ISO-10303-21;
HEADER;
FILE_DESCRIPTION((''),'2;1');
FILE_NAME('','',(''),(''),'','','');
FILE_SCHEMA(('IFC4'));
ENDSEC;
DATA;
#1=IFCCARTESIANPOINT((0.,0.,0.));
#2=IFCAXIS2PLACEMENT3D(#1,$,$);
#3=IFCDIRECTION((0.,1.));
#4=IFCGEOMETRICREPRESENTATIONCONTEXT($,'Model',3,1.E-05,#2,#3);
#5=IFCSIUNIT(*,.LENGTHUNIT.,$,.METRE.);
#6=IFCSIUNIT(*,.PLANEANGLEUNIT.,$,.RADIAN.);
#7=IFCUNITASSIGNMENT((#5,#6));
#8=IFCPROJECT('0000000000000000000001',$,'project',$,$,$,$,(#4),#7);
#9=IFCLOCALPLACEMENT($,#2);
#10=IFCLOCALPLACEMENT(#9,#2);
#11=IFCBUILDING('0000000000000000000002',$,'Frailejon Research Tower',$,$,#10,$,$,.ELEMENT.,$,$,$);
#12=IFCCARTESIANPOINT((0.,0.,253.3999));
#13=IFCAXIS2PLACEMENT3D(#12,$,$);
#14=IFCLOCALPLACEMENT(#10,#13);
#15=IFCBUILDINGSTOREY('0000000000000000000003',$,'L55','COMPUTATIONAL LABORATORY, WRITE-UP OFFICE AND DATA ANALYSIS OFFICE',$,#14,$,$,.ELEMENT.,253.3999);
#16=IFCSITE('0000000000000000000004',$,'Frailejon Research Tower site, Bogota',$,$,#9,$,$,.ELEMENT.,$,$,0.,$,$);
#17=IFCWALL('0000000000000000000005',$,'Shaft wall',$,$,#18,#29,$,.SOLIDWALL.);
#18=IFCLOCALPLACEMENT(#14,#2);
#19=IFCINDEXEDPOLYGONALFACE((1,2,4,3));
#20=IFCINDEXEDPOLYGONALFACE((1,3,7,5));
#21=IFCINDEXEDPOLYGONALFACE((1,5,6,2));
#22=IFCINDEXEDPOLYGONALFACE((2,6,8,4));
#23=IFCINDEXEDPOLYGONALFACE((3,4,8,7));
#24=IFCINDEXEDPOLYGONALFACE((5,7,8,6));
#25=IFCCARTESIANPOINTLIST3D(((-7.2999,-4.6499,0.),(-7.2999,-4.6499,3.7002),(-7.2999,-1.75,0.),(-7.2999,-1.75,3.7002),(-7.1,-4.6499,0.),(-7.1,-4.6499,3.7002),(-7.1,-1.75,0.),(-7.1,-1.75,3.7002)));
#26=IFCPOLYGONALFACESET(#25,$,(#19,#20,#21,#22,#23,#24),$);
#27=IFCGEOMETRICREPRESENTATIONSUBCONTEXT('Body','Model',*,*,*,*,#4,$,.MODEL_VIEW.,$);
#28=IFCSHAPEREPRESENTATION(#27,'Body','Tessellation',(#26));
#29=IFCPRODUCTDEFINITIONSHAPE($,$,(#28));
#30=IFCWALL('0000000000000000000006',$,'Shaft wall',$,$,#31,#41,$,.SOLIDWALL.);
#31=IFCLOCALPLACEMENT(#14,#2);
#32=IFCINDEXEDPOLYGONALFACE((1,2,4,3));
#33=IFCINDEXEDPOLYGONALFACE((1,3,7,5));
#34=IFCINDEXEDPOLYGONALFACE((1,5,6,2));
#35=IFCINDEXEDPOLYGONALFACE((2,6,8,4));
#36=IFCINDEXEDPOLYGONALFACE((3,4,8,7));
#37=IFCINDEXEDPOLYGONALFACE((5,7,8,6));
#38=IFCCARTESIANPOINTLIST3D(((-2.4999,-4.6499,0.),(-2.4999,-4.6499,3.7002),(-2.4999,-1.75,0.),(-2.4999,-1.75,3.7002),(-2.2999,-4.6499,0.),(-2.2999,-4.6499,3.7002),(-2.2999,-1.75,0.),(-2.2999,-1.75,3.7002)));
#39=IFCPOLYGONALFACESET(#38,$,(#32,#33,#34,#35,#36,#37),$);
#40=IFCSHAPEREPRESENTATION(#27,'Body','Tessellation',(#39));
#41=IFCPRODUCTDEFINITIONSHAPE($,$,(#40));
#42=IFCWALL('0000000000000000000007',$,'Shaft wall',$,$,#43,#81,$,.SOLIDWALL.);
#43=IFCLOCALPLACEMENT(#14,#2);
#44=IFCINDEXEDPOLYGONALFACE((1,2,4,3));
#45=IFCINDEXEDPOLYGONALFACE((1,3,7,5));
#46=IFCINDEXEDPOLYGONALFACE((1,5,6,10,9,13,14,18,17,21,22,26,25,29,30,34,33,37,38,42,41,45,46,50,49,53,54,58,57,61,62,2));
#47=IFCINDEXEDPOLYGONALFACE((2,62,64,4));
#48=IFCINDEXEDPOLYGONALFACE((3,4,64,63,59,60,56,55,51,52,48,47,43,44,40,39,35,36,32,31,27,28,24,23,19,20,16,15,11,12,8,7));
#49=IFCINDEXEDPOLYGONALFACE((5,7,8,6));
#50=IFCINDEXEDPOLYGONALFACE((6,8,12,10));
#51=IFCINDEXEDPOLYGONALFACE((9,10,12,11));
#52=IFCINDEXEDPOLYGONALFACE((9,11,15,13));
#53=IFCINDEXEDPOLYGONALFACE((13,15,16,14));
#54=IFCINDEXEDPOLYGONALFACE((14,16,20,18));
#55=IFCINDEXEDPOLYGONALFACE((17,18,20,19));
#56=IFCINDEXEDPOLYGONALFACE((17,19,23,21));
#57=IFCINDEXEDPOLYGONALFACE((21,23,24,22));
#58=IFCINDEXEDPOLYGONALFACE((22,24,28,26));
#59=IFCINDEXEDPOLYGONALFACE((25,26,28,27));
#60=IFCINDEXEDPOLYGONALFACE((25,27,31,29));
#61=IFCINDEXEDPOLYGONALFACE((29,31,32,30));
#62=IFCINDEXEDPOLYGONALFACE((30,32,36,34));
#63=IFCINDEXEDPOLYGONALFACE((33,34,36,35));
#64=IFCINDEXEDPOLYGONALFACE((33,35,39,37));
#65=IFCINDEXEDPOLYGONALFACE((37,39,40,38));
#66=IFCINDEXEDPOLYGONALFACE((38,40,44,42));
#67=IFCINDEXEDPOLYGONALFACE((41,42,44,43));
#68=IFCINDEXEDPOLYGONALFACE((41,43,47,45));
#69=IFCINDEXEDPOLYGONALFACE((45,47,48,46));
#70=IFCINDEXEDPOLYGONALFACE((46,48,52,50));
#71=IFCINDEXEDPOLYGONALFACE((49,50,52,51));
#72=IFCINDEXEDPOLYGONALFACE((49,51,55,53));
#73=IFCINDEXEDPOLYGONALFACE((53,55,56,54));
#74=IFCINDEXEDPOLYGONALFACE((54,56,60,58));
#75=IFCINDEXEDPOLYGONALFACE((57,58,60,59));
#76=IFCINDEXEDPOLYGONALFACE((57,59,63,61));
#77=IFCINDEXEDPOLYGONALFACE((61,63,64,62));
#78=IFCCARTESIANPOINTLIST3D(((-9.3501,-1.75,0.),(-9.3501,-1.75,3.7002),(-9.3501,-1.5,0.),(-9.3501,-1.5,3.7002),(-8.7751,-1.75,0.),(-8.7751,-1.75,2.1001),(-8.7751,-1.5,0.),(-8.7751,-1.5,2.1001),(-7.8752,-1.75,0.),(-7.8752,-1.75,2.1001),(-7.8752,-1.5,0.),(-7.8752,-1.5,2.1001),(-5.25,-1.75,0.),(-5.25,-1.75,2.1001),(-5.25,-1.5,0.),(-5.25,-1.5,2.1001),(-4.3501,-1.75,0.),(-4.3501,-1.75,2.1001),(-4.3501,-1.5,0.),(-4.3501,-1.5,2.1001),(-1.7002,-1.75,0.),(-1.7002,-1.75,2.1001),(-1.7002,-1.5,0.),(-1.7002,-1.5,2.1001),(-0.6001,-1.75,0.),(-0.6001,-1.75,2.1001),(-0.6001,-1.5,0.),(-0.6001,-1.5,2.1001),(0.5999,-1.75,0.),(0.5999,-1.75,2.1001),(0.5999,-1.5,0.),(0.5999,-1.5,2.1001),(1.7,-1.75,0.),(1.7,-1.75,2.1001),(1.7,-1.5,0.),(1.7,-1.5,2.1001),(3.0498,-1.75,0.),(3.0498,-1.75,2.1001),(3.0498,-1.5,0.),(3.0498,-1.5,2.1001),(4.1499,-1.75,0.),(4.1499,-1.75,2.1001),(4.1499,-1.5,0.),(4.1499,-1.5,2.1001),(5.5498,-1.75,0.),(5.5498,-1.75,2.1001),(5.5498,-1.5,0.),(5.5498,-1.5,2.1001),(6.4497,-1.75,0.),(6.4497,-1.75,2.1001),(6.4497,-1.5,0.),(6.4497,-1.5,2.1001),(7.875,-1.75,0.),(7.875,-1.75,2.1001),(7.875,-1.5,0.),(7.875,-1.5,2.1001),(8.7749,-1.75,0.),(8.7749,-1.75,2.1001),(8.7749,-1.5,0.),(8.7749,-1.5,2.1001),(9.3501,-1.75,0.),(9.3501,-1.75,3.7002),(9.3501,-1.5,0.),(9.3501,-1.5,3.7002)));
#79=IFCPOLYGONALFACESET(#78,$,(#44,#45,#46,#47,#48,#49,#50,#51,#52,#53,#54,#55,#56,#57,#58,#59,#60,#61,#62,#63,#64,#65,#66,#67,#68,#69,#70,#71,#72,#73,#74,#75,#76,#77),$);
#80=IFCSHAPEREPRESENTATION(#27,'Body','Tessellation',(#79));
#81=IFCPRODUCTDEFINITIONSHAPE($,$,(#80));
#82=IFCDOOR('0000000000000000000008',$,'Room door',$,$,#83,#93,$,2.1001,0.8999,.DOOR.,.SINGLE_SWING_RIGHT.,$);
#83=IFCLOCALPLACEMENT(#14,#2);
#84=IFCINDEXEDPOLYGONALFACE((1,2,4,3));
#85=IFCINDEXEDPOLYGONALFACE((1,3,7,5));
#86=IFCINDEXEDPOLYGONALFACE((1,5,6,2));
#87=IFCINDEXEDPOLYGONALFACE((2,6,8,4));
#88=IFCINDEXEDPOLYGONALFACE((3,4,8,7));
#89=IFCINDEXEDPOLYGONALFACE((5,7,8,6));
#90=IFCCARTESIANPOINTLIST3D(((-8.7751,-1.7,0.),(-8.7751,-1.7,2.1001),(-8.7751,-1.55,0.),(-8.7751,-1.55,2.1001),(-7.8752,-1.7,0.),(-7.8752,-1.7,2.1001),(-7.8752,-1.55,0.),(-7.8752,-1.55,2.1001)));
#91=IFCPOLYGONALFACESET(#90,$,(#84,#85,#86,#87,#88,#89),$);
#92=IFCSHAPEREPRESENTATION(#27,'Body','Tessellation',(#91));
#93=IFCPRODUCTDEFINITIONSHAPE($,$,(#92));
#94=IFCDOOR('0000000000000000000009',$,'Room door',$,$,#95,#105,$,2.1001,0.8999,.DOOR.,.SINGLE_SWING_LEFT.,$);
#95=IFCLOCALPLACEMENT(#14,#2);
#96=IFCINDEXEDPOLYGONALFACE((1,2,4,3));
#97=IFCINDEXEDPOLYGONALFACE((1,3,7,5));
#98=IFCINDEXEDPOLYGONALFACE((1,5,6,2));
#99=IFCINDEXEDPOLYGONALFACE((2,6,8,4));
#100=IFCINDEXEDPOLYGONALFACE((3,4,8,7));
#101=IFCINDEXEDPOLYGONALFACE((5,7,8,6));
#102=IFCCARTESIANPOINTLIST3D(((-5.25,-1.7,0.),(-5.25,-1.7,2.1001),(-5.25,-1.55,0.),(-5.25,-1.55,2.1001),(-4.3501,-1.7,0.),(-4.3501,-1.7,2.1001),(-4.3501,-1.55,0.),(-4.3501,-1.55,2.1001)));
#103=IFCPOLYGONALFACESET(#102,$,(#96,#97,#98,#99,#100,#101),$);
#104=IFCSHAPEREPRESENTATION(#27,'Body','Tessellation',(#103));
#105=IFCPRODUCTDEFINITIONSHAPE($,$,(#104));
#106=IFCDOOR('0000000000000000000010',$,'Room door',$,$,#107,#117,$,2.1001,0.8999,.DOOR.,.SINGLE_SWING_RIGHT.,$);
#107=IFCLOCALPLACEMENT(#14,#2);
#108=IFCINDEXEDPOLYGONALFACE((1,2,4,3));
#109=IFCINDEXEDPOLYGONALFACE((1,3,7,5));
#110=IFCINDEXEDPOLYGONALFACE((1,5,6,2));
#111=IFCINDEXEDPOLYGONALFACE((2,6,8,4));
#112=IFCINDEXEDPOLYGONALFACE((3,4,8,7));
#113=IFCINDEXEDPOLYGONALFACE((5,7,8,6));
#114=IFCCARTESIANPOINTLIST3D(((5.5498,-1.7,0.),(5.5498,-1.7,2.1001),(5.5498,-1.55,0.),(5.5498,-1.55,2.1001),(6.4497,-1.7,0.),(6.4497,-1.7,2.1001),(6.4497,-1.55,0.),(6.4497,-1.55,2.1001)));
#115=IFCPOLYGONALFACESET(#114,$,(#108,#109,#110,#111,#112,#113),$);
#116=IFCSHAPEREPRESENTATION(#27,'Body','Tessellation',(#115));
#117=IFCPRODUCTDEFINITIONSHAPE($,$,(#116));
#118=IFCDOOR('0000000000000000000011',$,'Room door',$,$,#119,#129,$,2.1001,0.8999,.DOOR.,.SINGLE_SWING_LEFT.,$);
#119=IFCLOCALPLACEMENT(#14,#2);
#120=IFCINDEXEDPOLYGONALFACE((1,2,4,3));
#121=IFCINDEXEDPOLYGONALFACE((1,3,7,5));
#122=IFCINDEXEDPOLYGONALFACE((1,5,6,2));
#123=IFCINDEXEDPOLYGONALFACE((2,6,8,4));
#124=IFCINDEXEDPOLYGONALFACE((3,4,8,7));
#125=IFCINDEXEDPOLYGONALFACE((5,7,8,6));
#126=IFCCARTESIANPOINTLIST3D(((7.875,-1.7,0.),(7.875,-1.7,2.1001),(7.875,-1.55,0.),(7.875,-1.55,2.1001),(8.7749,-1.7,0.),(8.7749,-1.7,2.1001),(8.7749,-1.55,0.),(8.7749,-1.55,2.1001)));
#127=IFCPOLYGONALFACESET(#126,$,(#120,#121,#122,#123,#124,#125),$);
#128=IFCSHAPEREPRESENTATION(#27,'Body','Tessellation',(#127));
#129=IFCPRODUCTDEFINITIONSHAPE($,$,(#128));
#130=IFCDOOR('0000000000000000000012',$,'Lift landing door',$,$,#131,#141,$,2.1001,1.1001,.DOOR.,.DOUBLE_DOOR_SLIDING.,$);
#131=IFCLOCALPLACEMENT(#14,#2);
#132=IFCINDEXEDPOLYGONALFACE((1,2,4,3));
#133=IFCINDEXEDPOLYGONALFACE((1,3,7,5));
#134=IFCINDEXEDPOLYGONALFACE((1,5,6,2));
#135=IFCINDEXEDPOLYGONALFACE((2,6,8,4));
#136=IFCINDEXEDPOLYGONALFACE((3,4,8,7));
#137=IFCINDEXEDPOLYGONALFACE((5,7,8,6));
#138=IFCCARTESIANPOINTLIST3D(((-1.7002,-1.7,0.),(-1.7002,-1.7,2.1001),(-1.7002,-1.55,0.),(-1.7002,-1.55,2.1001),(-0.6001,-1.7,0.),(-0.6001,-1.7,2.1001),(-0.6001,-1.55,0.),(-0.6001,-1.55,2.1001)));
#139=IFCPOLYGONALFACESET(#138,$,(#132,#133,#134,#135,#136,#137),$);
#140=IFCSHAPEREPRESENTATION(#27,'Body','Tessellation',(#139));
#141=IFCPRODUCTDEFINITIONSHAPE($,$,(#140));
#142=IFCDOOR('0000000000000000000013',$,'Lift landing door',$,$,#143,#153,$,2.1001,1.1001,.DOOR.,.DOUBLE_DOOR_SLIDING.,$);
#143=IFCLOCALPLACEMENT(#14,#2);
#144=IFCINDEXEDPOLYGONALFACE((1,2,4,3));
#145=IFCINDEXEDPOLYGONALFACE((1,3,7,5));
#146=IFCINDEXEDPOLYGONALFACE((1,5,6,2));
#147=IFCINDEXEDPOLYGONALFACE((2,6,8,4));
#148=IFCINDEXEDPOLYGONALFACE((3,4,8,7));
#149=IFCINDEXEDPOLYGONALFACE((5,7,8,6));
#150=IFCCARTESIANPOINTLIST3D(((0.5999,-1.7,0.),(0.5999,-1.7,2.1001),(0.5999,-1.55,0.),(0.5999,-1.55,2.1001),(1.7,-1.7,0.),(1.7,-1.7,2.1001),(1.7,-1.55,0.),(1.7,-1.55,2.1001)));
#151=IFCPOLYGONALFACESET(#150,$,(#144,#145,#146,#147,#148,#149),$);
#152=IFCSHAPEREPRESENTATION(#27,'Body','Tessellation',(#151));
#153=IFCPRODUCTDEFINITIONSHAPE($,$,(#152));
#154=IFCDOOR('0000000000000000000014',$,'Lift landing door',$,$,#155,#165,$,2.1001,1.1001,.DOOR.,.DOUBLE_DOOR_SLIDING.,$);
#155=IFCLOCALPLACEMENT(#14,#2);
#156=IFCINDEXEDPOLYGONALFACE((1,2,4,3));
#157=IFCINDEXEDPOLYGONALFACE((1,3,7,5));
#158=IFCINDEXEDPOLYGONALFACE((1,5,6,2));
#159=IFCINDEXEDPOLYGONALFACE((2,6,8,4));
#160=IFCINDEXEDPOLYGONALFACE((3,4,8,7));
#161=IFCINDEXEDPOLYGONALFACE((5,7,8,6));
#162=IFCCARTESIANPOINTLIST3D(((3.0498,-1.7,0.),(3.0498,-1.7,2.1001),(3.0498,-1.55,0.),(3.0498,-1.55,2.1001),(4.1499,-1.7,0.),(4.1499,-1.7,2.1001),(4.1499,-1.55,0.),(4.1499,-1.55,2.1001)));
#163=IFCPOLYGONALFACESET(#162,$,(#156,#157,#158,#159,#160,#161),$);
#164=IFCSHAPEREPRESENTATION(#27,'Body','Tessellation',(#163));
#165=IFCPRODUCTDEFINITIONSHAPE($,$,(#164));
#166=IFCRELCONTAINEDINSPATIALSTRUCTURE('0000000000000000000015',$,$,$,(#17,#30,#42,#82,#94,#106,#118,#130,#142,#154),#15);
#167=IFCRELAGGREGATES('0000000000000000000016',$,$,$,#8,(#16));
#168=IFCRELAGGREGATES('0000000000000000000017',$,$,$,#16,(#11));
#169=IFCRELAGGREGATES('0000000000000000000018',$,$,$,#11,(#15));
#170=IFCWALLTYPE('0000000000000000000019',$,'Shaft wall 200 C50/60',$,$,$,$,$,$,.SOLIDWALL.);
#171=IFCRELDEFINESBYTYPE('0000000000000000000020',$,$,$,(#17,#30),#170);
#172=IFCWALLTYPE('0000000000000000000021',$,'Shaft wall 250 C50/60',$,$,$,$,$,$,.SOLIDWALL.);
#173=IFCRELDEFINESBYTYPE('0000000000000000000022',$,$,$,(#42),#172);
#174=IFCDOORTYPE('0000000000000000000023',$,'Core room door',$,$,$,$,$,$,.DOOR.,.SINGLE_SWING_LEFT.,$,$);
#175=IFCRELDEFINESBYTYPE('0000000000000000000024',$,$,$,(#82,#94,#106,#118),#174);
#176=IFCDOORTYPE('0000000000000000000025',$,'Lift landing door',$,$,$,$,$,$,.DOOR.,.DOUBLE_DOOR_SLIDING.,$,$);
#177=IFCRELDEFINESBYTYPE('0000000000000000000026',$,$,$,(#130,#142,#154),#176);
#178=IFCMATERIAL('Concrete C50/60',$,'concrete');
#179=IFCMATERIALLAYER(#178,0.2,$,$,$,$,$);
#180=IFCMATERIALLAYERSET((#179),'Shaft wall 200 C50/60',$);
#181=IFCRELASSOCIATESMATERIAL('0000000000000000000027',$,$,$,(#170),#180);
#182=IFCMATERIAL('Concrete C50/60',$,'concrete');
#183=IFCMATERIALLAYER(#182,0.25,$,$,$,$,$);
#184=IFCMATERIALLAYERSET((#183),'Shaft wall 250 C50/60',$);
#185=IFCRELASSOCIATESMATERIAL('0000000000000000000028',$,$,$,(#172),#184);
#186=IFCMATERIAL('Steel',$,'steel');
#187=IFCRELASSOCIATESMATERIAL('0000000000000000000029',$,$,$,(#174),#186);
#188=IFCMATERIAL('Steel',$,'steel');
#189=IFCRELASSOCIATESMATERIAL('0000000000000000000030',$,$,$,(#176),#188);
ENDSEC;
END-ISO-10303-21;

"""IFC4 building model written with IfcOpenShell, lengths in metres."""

from ifc_helpers import new_model, si_unit, direction, frame, frame_2d, origin, place, context, subcontext, project, spatial, rectangle, extrude, material, layer, layer_set, type_object, element, fill, save


model = new_model("IFC4")

# Units and contexts
model_context = context("Model", 3, precision=1e-05, world=origin(), true_north=direction((0.0, 1.0)))
body_context = subcontext(model_context, "Body", "Model", "MODEL_VIEW")
ifc_project = project(units=[si_unit("LENGTHUNIT", "METRE"), si_unit("PLANEANGLEUNIT", "RADIAN")], contexts=[model_context])

# Site, building, storey
site_placement = place(None, origin())
site = spatial("IfcSite", under=ifc_project, at=site_placement, Name="Frailejon Research Tower site, Bogota", CompositionType="ELEMENT", RefElevation=0.0)
building_placement = place(site_placement, origin())
building = spatial("IfcBuilding", under=site, at=building_placement, Name="Frailejon Research Tower", CompositionType="ELEMENT")
storey_placement = place(building_placement, frame((0.0, 0.0, 253.3999)))
storey = spatial("IfcBuildingStorey", under=building, at=storey_placement, Name="L55", Description="COMPUTATIONAL LABORATORY, WRITE-UP OFFICE AND DATA ANALYSIS OFFICE", CompositionType="ELEMENT", Elevation=253.3999)

# Walls
ifc_material_1 = material(Name="Concrete C50/60", Category="concrete")
ifc_layer_1 = layer(ifc_material_1, 0.2)
ifc_layer_set_1 = layer_set([ifc_layer_1], Name="Shaft wall 200 C50/60")
wall_type_1 = type_object("IfcWallType", Name="Shaft wall 200 C50/60", PredefinedType="SOLIDWALL", material=ifc_layer_set_1)
for number, where, z_axis, x_axis, name in (
    (1, (-7.2, -4.6499, 0.0), (0.0, 0.0, 1.0), (0.0, 1.0, 0.0), "Shaft wall"),
    (2, (-2.3999, -4.6499, 0.0), (0.0, 0.0, 1.0), (0.0, 1.0, 0.0), "Shaft wall"),
):
    element("IfcWall", number, at=place(storey_placement, frame(where, z_axis=z_axis, x_axis=x_axis)), inside=storey, type_object=wall_type_1, Name=name, PredefinedType="SOLIDWALL", context=body_context, shape_type="SweptSolid", body=[
        extrude(rectangle(XDim=2.8999, YDim=0.2, at=frame_2d((1.45, 0.0))), origin(), (0.0, 0.0, 1.0), 3.7002),
    ])

# Wall, openings, doors
ifc_material_2 = material(Name="Concrete C50/60", Category="concrete")
ifc_layer_2 = layer(ifc_material_2, 0.25)
ifc_layer_set_2 = layer_set([ifc_layer_2], Name="Shaft wall 250 C50/60")
wall_type_2 = type_object("IfcWallType", Name="Shaft wall 250 C50/60", PredefinedType="SOLIDWALL", material=ifc_layer_set_2)
wall_1_placement = place(storey_placement, frame((-9.3501, -1.625, 0.0), z_axis=(0.0, 0.0, 1.0), x_axis=(1.0, 0.0, 0.0)))
wall_1 = element("IfcWall", 3, at=wall_1_placement, inside=storey, type_object=wall_type_2, Name="Shaft wall", PredefinedType="SOLIDWALL", context=body_context, shape_type="SweptSolid", body=[
    extrude(rectangle(XDim=18.7002, YDim=0.25, at=frame_2d((9.3501, 0.0))), origin(), (0.0, 0.0, 1.0), 3.7002),
])
opening_1_placement = place(wall_1_placement, frame((7.6499, 0.0, 0.0)))
opening_1 = element("IfcOpeningElement", 4, at=opening_1_placement, cuts=wall_1, PredefinedType="OPENING", context=body_context, shape_type="SweptSolid", body=[
    extrude(rectangle(XDim=1.1001, YDim=2.1001, at=frame_2d((0.55, 1.05))), frame((0.0, 0.135, 0.0), z_axis=(0.0, -1.0, 0.0), x_axis=(1.0, 0.0, 0.0)), (0.0, 0.0, 1.0), 0.27),
])
opening_2_placement = place(wall_1_placement, frame((9.95, 0.0, 0.0)))
opening_2 = element("IfcOpeningElement", 5, at=opening_2_placement, cuts=wall_1, PredefinedType="OPENING", context=body_context, shape_type="SweptSolid", body=[
    extrude(rectangle(XDim=1.1001, YDim=2.1001, at=frame_2d((0.55, 1.05))), frame((0.0, 0.135, 0.0), z_axis=(0.0, -1.0, 0.0), x_axis=(1.0, 0.0, 0.0)), (0.0, 0.0, 1.0), 0.27),
])
opening_3_placement = place(wall_1_placement, frame((12.3999, 0.0, 0.0)))
opening_3 = element("IfcOpeningElement", 6, at=opening_3_placement, cuts=wall_1, PredefinedType="OPENING", context=body_context, shape_type="SweptSolid", body=[
    extrude(rectangle(XDim=1.1001, YDim=2.1001, at=frame_2d((0.55, 1.05))), frame((0.0, 0.135, 0.0), z_axis=(0.0, -1.0, 0.0), x_axis=(1.0, 0.0, 0.0)), (0.0, 0.0, 1.0), 0.27),
])
opening_4_placement = place(wall_1_placement, frame((0.575, 0.0, 0.0)))
opening_4 = element("IfcOpeningElement", 7, at=opening_4_placement, cuts=wall_1, PredefinedType="OPENING", context=body_context, shape_type="SweptSolid", body=[
    extrude(rectangle(XDim=0.8999, YDim=2.1001, at=frame_2d((0.45, 1.05))), frame((0.0, 0.135, 0.0), z_axis=(0.0, -1.0, 0.0), x_axis=(1.0, 0.0, 0.0)), (0.0, 0.0, 1.0), 0.27),
])
opening_5_placement = place(wall_1_placement, frame((4.1001, 0.0, 0.0)))
opening_5 = element("IfcOpeningElement", 8, at=opening_5_placement, cuts=wall_1, PredefinedType="OPENING", context=body_context, shape_type="SweptSolid", body=[
    extrude(rectangle(XDim=0.8999, YDim=2.1001, at=frame_2d((0.45, 1.05))), frame((0.0, 0.135, 0.0), z_axis=(0.0, -1.0, 0.0), x_axis=(1.0, 0.0, 0.0)), (0.0, 0.0, 1.0), 0.27),
])
opening_6_placement = place(wall_1_placement, frame((14.8999, 0.0, 0.0)))
opening_6 = element("IfcOpeningElement", 9, at=opening_6_placement, cuts=wall_1, PredefinedType="OPENING", context=body_context, shape_type="SweptSolid", body=[
    extrude(rectangle(XDim=0.8999, YDim=2.1001, at=frame_2d((0.45, 1.05))), frame((0.0, 0.135, 0.0), z_axis=(0.0, -1.0, 0.0), x_axis=(1.0, 0.0, 0.0)), (0.0, 0.0, 1.0), 0.27),
])
opening_7_placement = place(wall_1_placement, frame((17.2251, 0.0, 0.0)))
opening_7 = element("IfcOpeningElement", 10, at=opening_7_placement, cuts=wall_1, PredefinedType="OPENING", context=body_context, shape_type="SweptSolid", body=[
    extrude(rectangle(XDim=0.8999, YDim=2.1001, at=frame_2d((0.45, 1.05))), frame((0.0, 0.135, 0.0), z_axis=(0.0, -1.0, 0.0), x_axis=(1.0, 0.0, 0.0)), (0.0, 0.0, 1.0), 0.27),
])
ifc_material_3 = material(Name="Steel", Category="steel")
door_type_1 = type_object("IfcDoorType", Name="Core room door", OperationType="SINGLE_SWING_LEFT", PredefinedType="DOOR", material=ifc_material_3)
door_1_placement = place(opening_4_placement, origin())
door_1 = element("IfcDoor", 11, at=door_1_placement, inside=storey, type_object=door_type_1, Name="Room door", OperationType="SINGLE_SWING_RIGHT", OverallHeight=2.1001, OverallWidth=0.8999, PredefinedType="DOOR", context=body_context, shape_type="SweptSolid", body=[
    extrude(rectangle(XDim=0.8999, YDim=2.1001, at=frame_2d((0.45, 1.05))), frame((0.0, 0.075, 0.0), z_axis=(0.0, -1.0, 0.0), x_axis=(1.0, 0.0, 0.0)), (0.0, 0.0, 1.0), 0.1499),
])
fill(opening_4, door_1)
door_2_placement = place(opening_5_placement, origin())
door_2 = element("IfcDoor", 12, at=door_2_placement, inside=storey, type_object=door_type_1, Name="Room door", OperationType="SINGLE_SWING_LEFT", OverallHeight=2.1001, OverallWidth=0.8999, PredefinedType="DOOR", context=body_context, shape_type="SweptSolid", body=[
    extrude(rectangle(XDim=0.8999, YDim=2.1001, at=frame_2d((0.45, 1.05))), frame((0.0, 0.075, 0.0), z_axis=(0.0, -1.0, 0.0), x_axis=(1.0, 0.0, 0.0)), (0.0, 0.0, 1.0), 0.1499),
])
fill(opening_5, door_2)
door_3_placement = place(opening_6_placement, origin())
door_3 = element("IfcDoor", 13, at=door_3_placement, inside=storey, type_object=door_type_1, Name="Room door", OperationType="SINGLE_SWING_RIGHT", OverallHeight=2.1001, OverallWidth=0.8999, PredefinedType="DOOR", context=body_context, shape_type="SweptSolid", body=[
    extrude(rectangle(XDim=0.8999, YDim=2.1001, at=frame_2d((0.45, 1.05))), frame((0.0, 0.075, 0.0), z_axis=(0.0, -1.0, 0.0), x_axis=(1.0, 0.0, 0.0)), (0.0, 0.0, 1.0), 0.1499),
])
fill(opening_6, door_3)
door_4_placement = place(opening_7_placement, origin())
door_4 = element("IfcDoor", 14, at=door_4_placement, inside=storey, type_object=door_type_1, Name="Room door", OperationType="SINGLE_SWING_LEFT", OverallHeight=2.1001, OverallWidth=0.8999, PredefinedType="DOOR", context=body_context, shape_type="SweptSolid", body=[
    extrude(rectangle(XDim=0.8999, YDim=2.1001, at=frame_2d((0.45, 1.05))), frame((0.0, 0.075, 0.0), z_axis=(0.0, -1.0, 0.0), x_axis=(1.0, 0.0, 0.0)), (0.0, 0.0, 1.0), 0.1499),
])
fill(opening_7, door_4)
ifc_material_4 = material(Name="Steel", Category="steel")
door_type_2 = type_object("IfcDoorType", Name="Lift landing door", OperationType="DOUBLE_DOOR_SLIDING", PredefinedType="DOOR", material=ifc_material_4)
door_5_placement = place(opening_1_placement, origin())
door_5 = element("IfcDoor", 15, at=door_5_placement, inside=storey, type_object=door_type_2, Name="Lift landing door", OperationType="DOUBLE_DOOR_SLIDING", OverallHeight=2.1001, OverallWidth=1.1001, PredefinedType="DOOR", context=body_context, shape_type="SweptSolid", body=[
    extrude(rectangle(XDim=1.1001, YDim=2.1001, at=frame_2d((0.55, 1.05))), frame((0.0, 0.075, 0.0), z_axis=(0.0, -1.0, 0.0), x_axis=(1.0, 0.0, 0.0)), (0.0, 0.0, 1.0), 0.1499),
])
fill(opening_1, door_5)
door_6_placement = place(opening_2_placement, origin())
door_6 = element("IfcDoor", 16, at=door_6_placement, inside=storey, type_object=door_type_2, Name="Lift landing door", OperationType="DOUBLE_DOOR_SLIDING", OverallHeight=2.1001, OverallWidth=1.1001, PredefinedType="DOOR", context=body_context, shape_type="SweptSolid", body=[
    extrude(rectangle(XDim=1.1001, YDim=2.1001, at=frame_2d((0.55, 1.05))), frame((0.0, 0.075, 0.0), z_axis=(0.0, -1.0, 0.0), x_axis=(1.0, 0.0, 0.0)), (0.0, 0.0, 1.0), 0.1499),
])
fill(opening_2, door_6)
door_7_placement = place(opening_3_placement, origin())
door_7 = element("IfcDoor", 17, at=door_7_placement, inside=storey, type_object=door_type_2, Name="Lift landing door", OperationType="DOUBLE_DOOR_SLIDING", OverallHeight=2.1001, OverallWidth=1.1001, PredefinedType="DOOR", context=body_context, shape_type="SweptSolid", body=[
    extrude(rectangle(XDim=1.1001, YDim=2.1001, at=frame_2d((0.55, 1.05))), frame((0.0, 0.075, 0.0), z_axis=(0.0, -1.0, 0.0), x_axis=(1.0, 0.0, 0.0)), (0.0, 0.0, 1.0), 0.1499),
])
fill(opening_3, door_7)

save(model, "model.ifc")
